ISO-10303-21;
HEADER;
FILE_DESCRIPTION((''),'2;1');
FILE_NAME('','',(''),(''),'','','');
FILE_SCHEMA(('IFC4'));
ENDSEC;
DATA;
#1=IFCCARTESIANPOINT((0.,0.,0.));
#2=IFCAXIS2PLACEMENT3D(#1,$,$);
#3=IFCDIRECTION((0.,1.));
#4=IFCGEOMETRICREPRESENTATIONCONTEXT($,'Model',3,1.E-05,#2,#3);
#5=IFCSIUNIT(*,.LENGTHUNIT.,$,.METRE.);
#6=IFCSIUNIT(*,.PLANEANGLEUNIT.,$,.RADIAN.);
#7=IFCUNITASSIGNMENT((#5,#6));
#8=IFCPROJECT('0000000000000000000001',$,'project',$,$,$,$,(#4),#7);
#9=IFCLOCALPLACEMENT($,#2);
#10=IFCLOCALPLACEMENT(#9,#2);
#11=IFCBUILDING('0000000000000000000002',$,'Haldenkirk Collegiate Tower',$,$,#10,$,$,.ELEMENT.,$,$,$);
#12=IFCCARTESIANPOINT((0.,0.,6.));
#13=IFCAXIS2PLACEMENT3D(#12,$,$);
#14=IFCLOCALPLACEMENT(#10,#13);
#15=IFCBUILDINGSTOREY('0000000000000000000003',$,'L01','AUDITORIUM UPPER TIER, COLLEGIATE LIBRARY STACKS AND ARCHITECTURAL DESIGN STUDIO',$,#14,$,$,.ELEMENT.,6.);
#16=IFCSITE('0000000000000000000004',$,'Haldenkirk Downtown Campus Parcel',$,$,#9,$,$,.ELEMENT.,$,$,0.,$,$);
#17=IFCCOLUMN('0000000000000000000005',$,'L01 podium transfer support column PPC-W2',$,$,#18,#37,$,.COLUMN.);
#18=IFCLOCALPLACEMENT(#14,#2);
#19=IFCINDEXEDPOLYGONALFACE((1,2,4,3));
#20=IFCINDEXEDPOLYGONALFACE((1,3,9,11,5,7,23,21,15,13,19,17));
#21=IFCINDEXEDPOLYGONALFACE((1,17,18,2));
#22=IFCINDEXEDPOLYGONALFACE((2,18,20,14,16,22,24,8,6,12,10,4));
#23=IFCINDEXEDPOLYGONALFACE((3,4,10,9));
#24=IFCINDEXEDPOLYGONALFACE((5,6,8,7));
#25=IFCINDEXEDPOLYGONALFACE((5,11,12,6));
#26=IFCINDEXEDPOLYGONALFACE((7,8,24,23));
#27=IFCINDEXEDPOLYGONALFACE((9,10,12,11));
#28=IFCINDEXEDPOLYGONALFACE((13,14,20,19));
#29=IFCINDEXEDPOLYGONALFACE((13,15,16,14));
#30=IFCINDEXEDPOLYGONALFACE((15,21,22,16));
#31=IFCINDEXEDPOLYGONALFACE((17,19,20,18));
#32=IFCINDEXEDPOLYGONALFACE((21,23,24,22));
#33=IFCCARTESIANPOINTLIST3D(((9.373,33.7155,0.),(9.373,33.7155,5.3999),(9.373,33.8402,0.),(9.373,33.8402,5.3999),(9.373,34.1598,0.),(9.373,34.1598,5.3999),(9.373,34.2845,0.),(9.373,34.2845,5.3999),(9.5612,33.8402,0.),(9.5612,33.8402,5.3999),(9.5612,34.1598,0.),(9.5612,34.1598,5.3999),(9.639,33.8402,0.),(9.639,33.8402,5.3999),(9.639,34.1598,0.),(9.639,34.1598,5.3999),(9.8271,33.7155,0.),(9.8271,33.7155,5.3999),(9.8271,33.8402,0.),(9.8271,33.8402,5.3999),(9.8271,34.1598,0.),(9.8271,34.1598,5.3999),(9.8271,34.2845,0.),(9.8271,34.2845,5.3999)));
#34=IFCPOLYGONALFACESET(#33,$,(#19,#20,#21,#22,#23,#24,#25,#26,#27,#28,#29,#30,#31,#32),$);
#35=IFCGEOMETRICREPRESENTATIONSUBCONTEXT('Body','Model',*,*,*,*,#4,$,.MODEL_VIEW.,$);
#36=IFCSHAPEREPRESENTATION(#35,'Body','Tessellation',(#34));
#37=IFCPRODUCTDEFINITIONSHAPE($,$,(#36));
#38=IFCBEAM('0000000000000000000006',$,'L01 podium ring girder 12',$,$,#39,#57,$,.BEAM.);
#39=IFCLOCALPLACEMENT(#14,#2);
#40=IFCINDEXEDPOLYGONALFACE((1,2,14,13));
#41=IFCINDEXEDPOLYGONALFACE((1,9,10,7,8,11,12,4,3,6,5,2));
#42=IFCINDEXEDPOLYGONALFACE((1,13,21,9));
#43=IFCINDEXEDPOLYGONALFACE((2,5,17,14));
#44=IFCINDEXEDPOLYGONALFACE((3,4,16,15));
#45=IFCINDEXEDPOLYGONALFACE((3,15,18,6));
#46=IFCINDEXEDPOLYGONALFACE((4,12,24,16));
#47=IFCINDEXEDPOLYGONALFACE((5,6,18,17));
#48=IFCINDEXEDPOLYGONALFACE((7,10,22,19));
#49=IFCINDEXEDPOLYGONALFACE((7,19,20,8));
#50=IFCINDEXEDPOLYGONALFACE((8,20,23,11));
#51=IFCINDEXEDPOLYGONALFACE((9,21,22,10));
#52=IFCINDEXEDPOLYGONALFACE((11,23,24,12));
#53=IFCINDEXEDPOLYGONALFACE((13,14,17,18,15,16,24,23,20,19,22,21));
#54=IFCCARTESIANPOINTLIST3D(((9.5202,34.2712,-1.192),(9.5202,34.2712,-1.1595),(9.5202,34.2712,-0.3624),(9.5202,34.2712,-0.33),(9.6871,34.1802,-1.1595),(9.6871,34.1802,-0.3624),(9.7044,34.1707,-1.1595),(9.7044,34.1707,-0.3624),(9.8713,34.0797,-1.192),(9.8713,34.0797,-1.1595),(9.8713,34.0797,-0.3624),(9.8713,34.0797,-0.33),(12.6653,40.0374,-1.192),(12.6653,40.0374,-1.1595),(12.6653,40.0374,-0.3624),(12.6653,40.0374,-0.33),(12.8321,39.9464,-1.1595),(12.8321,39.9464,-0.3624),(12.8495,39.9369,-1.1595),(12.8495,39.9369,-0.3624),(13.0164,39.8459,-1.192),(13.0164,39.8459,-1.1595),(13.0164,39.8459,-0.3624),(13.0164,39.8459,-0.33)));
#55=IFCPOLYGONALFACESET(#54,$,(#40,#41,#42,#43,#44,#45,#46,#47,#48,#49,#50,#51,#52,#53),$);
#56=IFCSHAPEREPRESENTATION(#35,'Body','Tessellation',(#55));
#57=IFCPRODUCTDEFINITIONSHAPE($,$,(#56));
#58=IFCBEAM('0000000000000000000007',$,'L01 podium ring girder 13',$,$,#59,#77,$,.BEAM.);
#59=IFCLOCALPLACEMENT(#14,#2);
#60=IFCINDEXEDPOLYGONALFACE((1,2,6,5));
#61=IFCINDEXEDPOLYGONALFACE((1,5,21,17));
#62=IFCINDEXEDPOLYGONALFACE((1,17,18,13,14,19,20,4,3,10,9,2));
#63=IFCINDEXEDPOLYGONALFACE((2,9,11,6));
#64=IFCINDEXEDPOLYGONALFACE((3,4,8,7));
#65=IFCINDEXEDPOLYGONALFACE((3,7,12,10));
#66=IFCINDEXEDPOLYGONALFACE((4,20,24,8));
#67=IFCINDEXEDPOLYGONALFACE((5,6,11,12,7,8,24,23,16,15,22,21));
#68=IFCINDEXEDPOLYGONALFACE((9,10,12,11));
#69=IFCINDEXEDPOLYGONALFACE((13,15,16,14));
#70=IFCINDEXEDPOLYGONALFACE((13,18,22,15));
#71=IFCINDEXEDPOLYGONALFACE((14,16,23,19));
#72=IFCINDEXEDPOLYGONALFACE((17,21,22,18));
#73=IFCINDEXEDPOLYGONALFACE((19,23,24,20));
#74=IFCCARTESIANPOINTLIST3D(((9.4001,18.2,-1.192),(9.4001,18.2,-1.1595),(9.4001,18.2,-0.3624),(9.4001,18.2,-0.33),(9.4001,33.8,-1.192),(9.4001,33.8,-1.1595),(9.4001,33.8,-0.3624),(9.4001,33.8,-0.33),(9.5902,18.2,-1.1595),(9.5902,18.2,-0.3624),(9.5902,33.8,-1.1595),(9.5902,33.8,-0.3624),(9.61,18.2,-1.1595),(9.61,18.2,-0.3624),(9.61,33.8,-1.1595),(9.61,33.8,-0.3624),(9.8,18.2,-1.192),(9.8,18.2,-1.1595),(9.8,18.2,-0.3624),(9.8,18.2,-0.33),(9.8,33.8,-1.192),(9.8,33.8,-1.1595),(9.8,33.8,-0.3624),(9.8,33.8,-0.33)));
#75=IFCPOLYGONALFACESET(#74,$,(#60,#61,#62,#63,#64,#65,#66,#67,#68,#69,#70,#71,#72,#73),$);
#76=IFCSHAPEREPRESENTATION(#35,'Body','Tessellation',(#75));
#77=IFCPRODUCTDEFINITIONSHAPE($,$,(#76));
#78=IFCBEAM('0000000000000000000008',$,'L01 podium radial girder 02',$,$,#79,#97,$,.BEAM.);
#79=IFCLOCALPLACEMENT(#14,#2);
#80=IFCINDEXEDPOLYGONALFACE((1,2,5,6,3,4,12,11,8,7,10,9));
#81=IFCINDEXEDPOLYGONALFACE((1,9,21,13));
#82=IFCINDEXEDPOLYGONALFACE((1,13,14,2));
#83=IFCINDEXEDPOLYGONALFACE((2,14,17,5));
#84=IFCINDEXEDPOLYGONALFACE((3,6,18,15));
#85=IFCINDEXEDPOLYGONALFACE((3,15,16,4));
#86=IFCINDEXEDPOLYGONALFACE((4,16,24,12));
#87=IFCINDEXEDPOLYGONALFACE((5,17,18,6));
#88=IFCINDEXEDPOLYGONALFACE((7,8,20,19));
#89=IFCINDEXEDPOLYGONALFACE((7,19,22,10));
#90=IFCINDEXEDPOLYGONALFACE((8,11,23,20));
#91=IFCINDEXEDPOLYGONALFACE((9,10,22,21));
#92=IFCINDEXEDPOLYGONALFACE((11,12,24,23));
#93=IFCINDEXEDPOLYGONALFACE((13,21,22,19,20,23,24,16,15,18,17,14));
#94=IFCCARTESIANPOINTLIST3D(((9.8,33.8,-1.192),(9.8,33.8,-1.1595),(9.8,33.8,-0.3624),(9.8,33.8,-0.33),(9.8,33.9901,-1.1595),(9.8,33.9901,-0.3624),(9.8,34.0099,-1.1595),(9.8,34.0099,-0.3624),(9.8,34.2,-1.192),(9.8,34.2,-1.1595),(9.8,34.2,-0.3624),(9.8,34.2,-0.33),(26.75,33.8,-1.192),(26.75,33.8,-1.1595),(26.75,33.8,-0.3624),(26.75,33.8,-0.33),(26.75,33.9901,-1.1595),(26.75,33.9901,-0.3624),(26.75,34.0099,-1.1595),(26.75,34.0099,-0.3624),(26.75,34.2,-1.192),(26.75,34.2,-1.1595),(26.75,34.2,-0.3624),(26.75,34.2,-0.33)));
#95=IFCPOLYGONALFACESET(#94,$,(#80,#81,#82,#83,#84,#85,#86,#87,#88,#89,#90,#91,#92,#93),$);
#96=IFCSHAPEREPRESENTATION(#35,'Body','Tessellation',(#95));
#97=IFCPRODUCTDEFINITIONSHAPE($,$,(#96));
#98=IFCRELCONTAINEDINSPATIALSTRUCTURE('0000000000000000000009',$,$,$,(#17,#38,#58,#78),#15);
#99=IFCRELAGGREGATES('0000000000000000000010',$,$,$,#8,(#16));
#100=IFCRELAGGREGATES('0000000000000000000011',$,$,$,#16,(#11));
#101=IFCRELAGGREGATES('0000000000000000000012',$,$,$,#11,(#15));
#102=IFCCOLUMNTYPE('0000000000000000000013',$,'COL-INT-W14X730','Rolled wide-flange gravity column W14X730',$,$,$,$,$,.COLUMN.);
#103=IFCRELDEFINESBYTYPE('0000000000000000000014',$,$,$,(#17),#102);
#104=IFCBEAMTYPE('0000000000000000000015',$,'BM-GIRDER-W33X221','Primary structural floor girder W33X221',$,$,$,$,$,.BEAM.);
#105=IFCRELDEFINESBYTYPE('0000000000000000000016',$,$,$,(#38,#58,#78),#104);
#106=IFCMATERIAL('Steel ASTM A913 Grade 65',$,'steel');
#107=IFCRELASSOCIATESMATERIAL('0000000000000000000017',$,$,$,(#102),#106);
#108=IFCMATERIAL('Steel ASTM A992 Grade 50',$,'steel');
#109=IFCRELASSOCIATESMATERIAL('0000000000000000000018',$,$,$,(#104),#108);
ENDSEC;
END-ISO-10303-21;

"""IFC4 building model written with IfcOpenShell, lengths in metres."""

from ifc_helpers import new_model, si_unit, direction, frame, origin, origin_2d, place, context, subcontext, project, spatial, i_section, extrude, material, material_profile, profile_set, type_object, element, save


model = new_model("IFC4")

# Units and contexts
model_context = context("Model", 3, precision=1e-05, world=origin(), true_north=direction((0.0, 1.0)))
body_context = subcontext(model_context, "Body", "Model", "MODEL_VIEW")
ifc_project = project(units=[si_unit("LENGTHUNIT", "METRE"), si_unit("PLANEANGLEUNIT", "RADIAN")], contexts=[model_context])

# Site, building, storey
site_placement = place(None, origin())
site = spatial("IfcSite", under=ifc_project, at=site_placement, Name="Haldenkirk Downtown Campus Parcel", CompositionType="ELEMENT", RefElevation=0.0)
building_placement = place(site_placement, origin())
building = spatial("IfcBuilding", under=site, at=building_placement, Name="Haldenkirk Collegiate Tower", CompositionType="ELEMENT")
storey_placement = place(building_placement, frame((0.0, 0.0, 6.0)))
storey = spatial("IfcBuildingStorey", under=building, at=storey_placement, Name="L01", Description="AUDITORIUM UPPER TIER, COLLEGIATE LIBRARY STACKS AND ARCHITECTURAL DESIGN STUDIO", CompositionType="ELEMENT", Elevation=6.0)

# Column
ifc_material_1 = material(Name="Steel ASTM A913 Grade 65", Category="steel")
ifc_material_profile_1 = material_profile(ifc_material_1, i_section(OverallWidth=0.4541, OverallDepth=0.5691, WebThickness=0.0779, FlangeThickness=0.1248, at=origin_2d()), Name="W14X730")
ifc_profile_set_1 = profile_set([ifc_material_profile_1], Name="Steel ASTM A913 Grade 65")
column_type = type_object("IfcColumnType", Name="COL-INT-W14X730", Description="Rolled wide-flange gravity column W14X730", PredefinedType="COLUMN", material=ifc_profile_set_1)
column_placement = place(storey_placement, frame((9.6001, 34.0, 0.0), z_axis=(0.0, 0.0, 1.0), x_axis=(1.0, 0.0, 0.0)))
element("IfcColumn", 1, at=column_placement, inside=storey, type_object=column_type, Name="L01 podium transfer support column PPC-W2", PredefinedType="COLUMN", context=body_context, shape_type="SweptSolid", body=[
    extrude(i_section(OverallWidth=0.4541, OverallDepth=0.5691, WebThickness=0.0779, FlangeThickness=0.1248, at=origin_2d()), origin(), (0.0, 0.0, 1.0), 5.3999),
])

# Beams
ifc_material_2 = material(Name="Steel ASTM A992 Grade 50", Category="steel")
ifc_material_profile_2 = material_profile(ifc_material_2, i_section(OverallWidth=0.3999, OverallDepth=0.8621, WebThickness=0.0198, FlangeThickness=0.0325, at=origin_2d()), Name="W33X221")
ifc_profile_set_2 = profile_set([ifc_material_profile_2], Name="Steel ASTM A992 Grade 50")
beam_type = type_object("IfcBeamType", Name="BM-GIRDER-W33X221", Description="Primary structural floor girder W33X221", PredefinedType="BEAM", material=ifc_profile_set_2)
beam_1_placement = place(storey_placement, frame((12.8408, 39.9417, -0.761), z_axis=(-0.478837, -0.877904, 0.0), x_axis=(0.877904, -0.478837, 0.0)))
element("IfcBeam", 2, at=beam_1_placement, inside=storey, type_object=beam_type, Name="L01 podium ring girder 12", PredefinedType="BEAM", context=body_context, shape_type="SweptSolid", body=[
    extrude(i_section(OverallWidth=0.3999, OverallDepth=0.8621, WebThickness=0.0198, FlangeThickness=0.0325, at=origin_2d()), origin(), (0.0, 0.0, 1.0), 6.5681),
])
beam_2_placement = place(storey_placement, frame((9.6001, 33.8, -0.761), z_axis=(0.0, -1.0, 0.0), x_axis=(1.0, 0.0, 0.0)))
element("IfcBeam", 3, at=beam_2_placement, inside=storey, type_object=beam_type, Name="L01 podium ring girder 13", PredefinedType="BEAM", context=body_context, shape_type="SweptSolid", body=[
    extrude(i_section(OverallWidth=0.3999, OverallDepth=0.8621, WebThickness=0.0198, FlangeThickness=0.0325, at=origin_2d()), origin(), (0.0, 0.0, 1.0), 15.6001),
])
beam_3_placement = place(storey_placement, frame((9.8, 34.0, -0.761), z_axis=(1.0, 0.0, 0.0), x_axis=(0.0, 1.0, 0.0)))
element("IfcBeam", 4, at=beam_3_placement, inside=storey, type_object=beam_type, Name="L01 podium radial girder 02", PredefinedType="BEAM", context=body_context, shape_type="SweptSolid", body=[
    extrude(i_section(OverallWidth=0.3999, OverallDepth=0.8621, WebThickness=0.0198, FlangeThickness=0.0325, at=origin_2d()), origin(), (0.0, 0.0, 1.0), 16.95),
])

save(model, "model.ifc")
